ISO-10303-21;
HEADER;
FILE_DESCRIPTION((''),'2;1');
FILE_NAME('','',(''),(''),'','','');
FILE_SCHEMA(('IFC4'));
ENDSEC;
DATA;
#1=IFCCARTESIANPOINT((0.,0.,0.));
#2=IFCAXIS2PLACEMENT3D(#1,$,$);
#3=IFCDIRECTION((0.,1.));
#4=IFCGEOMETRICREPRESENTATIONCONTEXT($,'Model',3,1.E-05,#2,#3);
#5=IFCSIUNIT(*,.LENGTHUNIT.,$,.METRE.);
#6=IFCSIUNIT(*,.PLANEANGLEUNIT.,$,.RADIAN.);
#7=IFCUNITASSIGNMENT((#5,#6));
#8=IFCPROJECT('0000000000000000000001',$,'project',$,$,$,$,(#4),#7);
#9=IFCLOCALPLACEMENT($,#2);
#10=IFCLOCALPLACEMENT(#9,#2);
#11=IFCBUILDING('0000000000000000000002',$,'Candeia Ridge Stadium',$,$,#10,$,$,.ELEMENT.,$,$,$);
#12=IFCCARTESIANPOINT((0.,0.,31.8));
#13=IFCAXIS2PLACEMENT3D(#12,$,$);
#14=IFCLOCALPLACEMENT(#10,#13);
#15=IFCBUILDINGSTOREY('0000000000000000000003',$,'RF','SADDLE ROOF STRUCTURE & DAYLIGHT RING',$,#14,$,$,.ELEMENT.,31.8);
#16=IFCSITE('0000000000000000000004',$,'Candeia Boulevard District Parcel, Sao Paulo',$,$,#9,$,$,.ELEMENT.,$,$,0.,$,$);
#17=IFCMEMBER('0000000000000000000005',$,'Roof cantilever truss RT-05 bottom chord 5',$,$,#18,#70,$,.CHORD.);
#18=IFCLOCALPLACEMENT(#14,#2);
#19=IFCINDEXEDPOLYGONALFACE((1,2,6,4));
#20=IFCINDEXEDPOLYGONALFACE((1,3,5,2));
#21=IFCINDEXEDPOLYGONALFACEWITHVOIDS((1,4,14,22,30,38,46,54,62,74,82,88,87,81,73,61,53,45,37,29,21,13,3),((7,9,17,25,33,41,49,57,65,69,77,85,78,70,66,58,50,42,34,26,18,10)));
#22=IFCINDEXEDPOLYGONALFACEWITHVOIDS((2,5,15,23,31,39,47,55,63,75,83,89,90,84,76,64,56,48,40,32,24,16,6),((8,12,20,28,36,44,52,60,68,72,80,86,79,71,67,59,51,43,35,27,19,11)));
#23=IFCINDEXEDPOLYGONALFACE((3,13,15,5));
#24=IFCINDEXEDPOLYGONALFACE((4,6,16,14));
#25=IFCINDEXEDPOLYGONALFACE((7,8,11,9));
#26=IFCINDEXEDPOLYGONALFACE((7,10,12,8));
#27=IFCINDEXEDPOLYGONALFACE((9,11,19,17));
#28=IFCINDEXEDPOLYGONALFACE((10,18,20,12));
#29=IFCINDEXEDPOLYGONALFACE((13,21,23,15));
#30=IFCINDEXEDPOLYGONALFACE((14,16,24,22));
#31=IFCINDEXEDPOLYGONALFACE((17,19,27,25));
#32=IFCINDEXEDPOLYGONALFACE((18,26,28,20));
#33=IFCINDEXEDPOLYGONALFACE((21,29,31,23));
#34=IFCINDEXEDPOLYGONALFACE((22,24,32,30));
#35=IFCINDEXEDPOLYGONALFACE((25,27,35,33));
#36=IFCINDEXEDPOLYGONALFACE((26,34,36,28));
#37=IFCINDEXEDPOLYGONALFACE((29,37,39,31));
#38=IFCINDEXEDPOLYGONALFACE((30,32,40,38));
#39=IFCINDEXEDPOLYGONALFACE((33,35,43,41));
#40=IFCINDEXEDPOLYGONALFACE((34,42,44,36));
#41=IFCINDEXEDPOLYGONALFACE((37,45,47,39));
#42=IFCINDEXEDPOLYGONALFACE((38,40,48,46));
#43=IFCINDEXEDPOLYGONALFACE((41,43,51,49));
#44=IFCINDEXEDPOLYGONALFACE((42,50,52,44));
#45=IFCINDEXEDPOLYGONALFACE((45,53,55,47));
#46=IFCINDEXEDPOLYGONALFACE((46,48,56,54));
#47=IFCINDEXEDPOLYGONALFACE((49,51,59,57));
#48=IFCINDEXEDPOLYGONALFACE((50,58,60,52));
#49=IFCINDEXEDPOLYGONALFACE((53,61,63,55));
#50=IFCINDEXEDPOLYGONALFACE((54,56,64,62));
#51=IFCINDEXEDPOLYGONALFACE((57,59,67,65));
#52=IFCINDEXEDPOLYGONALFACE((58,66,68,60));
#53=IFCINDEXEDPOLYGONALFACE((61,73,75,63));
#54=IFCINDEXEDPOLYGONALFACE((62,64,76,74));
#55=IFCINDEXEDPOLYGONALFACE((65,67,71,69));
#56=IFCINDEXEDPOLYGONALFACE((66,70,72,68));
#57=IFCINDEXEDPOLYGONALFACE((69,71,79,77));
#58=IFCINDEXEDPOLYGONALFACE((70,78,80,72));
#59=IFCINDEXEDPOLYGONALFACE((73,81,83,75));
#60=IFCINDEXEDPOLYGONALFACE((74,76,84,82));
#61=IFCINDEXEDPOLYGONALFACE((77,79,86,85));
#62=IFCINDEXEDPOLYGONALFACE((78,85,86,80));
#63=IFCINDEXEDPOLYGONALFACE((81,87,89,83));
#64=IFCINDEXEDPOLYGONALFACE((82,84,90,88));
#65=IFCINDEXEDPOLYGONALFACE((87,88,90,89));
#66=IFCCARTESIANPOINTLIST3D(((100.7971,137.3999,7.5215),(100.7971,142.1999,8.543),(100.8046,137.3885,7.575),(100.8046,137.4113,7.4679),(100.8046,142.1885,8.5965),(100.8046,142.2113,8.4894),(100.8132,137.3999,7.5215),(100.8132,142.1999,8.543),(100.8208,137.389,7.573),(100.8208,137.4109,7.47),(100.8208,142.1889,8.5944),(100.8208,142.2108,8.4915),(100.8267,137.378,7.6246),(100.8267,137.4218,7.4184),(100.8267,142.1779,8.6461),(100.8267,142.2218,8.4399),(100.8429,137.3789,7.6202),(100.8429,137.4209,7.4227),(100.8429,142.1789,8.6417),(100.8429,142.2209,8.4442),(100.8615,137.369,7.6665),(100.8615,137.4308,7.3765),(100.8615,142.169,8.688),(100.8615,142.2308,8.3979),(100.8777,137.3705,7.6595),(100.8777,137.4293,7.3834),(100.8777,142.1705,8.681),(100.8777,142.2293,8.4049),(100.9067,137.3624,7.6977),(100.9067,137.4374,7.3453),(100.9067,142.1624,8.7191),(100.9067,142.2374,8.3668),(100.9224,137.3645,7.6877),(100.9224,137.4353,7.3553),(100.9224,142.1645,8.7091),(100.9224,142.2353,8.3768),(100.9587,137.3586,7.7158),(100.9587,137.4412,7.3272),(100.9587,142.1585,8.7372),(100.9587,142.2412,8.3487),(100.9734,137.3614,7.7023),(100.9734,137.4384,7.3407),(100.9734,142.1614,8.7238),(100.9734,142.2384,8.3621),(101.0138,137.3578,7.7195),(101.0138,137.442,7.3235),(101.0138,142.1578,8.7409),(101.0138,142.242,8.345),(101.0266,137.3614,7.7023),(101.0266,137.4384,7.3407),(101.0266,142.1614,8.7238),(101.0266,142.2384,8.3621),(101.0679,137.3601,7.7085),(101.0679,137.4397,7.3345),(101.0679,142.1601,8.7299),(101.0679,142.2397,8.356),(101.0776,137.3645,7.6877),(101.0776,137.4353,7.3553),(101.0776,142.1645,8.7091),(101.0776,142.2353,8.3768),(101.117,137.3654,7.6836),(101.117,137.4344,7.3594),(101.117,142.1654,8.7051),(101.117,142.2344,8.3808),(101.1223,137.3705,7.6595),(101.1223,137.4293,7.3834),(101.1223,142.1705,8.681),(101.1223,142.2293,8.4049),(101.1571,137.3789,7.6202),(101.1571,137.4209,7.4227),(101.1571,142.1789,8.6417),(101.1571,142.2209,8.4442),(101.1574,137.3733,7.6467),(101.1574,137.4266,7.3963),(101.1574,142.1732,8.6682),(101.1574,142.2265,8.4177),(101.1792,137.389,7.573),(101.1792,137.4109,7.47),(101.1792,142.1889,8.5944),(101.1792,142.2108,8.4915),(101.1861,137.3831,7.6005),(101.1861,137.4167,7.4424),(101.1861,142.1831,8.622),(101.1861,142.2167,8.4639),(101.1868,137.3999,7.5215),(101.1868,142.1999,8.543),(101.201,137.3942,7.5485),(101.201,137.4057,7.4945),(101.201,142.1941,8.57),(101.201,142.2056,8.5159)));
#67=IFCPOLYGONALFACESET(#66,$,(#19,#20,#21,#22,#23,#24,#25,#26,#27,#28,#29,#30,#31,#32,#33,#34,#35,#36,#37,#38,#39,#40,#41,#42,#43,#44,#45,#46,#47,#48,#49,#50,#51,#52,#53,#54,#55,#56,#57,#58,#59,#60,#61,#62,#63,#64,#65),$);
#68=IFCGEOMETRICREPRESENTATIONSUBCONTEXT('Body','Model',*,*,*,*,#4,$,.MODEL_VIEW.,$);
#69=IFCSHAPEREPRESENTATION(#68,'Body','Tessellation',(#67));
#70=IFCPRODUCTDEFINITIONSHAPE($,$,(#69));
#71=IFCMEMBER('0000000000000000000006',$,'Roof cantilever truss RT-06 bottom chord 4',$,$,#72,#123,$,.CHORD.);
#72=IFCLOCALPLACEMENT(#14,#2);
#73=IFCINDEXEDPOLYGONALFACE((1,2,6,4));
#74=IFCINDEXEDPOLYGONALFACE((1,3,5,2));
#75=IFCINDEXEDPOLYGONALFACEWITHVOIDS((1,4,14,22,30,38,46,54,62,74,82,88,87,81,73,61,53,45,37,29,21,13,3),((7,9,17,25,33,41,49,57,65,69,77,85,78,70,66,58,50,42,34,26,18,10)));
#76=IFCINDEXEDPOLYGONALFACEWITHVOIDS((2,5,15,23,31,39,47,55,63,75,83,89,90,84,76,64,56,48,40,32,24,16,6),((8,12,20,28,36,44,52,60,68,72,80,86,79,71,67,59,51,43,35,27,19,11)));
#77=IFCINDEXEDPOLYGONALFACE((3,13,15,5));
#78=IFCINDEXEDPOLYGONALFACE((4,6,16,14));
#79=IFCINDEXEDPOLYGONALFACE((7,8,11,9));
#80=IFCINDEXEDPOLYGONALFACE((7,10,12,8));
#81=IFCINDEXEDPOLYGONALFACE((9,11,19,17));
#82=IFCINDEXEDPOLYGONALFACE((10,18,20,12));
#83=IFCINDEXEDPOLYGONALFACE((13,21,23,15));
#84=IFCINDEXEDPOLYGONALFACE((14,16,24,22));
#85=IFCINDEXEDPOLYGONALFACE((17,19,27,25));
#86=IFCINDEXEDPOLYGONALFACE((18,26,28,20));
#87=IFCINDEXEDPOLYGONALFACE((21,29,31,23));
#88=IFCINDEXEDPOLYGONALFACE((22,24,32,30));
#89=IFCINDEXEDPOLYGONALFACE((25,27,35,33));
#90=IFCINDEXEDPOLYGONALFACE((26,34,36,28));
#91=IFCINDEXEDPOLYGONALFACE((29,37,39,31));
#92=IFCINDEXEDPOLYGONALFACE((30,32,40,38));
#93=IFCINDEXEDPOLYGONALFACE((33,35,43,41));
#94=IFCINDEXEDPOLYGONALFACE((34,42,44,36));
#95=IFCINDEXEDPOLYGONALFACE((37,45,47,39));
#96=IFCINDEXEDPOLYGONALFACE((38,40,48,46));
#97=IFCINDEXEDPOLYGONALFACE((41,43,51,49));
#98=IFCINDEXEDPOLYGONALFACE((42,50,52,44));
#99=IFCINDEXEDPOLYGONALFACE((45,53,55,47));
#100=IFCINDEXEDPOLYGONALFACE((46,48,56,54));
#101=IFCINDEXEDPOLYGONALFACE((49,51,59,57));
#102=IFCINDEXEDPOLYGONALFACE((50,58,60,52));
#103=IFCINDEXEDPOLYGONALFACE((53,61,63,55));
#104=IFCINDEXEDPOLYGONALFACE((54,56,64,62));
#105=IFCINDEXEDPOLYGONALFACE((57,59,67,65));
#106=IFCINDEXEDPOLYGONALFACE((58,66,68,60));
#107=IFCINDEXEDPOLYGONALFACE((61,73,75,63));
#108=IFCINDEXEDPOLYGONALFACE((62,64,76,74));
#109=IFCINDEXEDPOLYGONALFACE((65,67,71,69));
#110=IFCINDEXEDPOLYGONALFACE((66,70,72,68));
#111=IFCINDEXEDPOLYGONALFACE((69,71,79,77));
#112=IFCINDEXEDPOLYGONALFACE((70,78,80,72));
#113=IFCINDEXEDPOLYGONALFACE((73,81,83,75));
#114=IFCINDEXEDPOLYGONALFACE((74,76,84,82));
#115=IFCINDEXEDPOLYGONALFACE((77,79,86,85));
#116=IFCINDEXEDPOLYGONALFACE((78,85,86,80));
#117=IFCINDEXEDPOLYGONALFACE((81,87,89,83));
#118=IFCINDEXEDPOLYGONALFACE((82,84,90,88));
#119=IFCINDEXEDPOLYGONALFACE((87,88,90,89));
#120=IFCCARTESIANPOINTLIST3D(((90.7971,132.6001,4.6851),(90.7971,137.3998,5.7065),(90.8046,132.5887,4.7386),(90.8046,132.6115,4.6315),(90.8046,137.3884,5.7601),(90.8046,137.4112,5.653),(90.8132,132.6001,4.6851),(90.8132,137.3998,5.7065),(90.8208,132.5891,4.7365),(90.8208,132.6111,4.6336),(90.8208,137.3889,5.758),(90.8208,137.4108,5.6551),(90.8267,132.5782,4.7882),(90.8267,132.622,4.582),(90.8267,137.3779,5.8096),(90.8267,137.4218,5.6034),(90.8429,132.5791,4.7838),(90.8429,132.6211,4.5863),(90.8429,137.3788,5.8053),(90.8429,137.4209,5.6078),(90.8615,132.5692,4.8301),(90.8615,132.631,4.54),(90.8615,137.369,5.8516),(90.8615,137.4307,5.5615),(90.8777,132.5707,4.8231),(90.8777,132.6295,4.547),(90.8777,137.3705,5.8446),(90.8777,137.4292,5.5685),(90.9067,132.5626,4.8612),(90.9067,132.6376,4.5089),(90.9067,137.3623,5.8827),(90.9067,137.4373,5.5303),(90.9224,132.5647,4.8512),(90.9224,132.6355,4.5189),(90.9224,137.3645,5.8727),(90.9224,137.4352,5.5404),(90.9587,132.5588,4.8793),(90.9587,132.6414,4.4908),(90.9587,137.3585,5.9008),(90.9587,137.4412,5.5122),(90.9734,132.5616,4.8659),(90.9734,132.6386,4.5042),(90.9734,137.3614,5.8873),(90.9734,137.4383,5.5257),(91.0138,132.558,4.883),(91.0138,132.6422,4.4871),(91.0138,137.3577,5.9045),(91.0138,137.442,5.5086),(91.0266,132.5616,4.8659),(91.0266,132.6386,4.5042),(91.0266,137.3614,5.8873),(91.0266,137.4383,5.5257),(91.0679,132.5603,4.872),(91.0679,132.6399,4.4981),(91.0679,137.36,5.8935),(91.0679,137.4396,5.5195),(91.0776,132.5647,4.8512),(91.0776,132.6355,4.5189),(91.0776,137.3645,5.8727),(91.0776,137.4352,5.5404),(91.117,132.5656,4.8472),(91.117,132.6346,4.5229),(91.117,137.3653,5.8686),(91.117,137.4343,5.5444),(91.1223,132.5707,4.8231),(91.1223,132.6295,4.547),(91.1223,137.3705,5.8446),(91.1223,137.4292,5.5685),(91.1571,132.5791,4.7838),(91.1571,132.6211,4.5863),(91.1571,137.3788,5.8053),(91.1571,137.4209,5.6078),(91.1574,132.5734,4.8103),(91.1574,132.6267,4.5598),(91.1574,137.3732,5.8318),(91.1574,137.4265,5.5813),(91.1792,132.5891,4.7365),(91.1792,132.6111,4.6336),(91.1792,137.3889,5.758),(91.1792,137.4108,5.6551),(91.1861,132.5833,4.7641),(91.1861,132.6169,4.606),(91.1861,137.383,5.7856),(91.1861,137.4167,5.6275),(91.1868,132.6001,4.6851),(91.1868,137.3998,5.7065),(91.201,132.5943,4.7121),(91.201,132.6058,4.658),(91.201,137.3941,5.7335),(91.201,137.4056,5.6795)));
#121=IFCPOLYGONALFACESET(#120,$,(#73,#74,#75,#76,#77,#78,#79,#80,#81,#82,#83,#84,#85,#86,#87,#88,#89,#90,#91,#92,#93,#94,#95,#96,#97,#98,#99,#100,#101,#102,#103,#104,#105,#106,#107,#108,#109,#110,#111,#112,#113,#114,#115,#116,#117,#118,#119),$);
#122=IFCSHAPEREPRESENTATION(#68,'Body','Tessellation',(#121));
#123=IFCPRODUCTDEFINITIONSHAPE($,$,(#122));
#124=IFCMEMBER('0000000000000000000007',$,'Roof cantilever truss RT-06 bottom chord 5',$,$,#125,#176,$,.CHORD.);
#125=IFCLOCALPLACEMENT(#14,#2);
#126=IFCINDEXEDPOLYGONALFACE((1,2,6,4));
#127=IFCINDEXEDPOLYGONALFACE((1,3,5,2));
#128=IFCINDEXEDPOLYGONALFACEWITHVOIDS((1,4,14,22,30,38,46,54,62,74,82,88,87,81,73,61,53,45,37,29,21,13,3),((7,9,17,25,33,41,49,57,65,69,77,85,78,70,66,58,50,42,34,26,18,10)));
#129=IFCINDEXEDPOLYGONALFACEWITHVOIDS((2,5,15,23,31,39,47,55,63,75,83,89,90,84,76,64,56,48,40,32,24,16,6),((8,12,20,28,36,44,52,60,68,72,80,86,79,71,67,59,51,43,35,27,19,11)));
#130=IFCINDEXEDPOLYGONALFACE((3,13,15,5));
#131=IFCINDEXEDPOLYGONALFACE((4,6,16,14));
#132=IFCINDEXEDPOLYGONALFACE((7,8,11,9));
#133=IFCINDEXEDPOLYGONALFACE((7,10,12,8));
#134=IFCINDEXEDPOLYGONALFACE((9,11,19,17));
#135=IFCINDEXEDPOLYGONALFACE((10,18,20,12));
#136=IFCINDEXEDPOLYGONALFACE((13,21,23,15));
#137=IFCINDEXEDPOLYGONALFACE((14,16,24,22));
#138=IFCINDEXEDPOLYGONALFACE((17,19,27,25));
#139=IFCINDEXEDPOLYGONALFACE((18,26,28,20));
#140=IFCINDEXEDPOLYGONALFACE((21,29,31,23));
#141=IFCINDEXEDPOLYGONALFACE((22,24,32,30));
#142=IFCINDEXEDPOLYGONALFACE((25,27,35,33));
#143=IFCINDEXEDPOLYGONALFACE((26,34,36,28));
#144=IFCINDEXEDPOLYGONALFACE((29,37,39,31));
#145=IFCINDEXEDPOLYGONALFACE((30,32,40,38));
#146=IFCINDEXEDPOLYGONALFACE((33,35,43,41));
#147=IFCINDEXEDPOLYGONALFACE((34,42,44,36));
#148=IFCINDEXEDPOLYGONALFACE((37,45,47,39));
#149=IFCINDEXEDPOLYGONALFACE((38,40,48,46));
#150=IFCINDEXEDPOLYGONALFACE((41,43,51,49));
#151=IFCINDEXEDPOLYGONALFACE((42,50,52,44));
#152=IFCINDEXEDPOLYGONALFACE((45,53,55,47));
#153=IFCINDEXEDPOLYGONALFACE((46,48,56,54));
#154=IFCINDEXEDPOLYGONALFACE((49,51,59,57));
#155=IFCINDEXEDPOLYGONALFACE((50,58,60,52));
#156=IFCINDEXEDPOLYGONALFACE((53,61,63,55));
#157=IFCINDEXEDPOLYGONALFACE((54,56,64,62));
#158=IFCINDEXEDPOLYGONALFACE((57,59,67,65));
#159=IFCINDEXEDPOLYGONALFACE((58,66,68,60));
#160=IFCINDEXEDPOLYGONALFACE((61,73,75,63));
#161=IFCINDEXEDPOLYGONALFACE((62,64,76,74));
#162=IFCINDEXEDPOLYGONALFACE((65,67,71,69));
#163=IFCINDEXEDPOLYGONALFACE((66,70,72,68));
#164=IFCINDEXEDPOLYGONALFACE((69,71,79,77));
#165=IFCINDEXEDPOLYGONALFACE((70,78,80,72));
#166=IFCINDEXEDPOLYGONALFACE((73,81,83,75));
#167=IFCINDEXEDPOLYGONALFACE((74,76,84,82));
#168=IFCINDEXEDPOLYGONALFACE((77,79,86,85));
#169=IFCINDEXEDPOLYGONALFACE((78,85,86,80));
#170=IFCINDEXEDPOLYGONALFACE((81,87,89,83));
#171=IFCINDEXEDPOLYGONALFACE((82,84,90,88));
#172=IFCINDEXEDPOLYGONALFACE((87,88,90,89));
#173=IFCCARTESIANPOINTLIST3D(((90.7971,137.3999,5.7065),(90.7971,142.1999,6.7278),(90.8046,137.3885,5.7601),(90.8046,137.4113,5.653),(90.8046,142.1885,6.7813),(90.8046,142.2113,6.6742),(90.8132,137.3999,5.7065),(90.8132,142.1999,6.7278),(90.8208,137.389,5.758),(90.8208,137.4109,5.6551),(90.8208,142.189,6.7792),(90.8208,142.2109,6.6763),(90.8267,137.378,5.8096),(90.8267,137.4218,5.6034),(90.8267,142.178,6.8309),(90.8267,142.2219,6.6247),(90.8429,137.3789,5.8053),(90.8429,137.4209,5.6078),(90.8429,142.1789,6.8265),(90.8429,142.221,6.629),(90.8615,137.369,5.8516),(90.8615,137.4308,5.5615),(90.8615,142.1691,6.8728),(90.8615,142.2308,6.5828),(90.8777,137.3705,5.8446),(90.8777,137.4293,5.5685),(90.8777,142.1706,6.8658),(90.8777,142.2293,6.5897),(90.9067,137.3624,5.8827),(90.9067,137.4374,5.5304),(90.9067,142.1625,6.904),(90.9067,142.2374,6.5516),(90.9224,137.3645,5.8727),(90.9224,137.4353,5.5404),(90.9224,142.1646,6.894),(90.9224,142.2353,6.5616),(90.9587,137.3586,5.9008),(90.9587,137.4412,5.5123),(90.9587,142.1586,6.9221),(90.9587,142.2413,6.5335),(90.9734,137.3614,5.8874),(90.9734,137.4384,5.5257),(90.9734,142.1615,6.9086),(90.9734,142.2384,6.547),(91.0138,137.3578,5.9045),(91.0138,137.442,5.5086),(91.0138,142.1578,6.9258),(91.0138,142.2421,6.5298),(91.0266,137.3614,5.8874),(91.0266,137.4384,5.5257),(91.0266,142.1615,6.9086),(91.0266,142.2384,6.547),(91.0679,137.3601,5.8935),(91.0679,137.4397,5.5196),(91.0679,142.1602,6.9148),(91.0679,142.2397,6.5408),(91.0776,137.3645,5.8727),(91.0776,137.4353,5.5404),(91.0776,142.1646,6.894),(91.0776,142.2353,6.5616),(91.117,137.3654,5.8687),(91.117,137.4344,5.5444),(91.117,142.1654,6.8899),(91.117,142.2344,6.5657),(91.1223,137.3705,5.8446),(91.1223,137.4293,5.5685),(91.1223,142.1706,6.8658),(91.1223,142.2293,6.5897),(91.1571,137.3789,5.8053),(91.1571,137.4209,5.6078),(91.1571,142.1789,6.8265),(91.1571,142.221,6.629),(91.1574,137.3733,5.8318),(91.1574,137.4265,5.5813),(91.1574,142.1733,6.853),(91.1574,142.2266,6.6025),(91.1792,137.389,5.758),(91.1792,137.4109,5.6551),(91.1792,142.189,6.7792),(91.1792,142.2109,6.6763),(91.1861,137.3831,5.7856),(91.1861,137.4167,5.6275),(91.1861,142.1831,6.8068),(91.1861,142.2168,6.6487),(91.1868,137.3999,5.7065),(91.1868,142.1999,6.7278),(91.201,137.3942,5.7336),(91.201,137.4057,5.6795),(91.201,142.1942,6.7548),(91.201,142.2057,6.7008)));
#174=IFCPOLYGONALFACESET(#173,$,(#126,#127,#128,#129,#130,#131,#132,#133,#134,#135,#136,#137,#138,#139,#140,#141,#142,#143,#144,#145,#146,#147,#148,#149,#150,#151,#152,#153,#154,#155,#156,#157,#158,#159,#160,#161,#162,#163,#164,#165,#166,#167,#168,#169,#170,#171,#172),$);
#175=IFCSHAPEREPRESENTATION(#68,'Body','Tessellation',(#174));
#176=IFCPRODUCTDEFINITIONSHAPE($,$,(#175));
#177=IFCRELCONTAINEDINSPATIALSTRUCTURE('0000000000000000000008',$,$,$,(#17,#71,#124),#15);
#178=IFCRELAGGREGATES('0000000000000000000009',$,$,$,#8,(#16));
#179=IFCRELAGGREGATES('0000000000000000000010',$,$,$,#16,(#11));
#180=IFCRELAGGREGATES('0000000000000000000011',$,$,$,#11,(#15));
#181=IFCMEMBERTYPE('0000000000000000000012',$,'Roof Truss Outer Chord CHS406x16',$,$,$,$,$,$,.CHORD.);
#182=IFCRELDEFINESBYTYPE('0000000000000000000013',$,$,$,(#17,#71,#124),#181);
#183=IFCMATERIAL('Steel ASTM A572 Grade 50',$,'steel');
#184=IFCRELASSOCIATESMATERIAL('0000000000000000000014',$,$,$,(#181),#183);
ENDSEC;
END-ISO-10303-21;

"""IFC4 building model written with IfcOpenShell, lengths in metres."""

from ifc_helpers import new_model, si_unit, direction, frame, origin, origin_2d, place, context, subcontext, project, spatial, hollow_circle, extrude, material, material_profile, profile_set, type_object, element, save


model = new_model("IFC4")

# Units and contexts
model_context = context("Model", 3, precision=1e-05, world=origin(), true_north=direction((0.0, 1.0)))
body_context = subcontext(model_context, "Body", "Model", "MODEL_VIEW")
ifc_project = project(units=[si_unit("LENGTHUNIT", "METRE"), si_unit("PLANEANGLEUNIT", "RADIAN")], contexts=[model_context])

# Site, building, storey
site_placement = place(None, origin())
site = spatial("IfcSite", under=ifc_project, at=site_placement, Name="Candeia Boulevard District Parcel, Sao Paulo", CompositionType="ELEMENT", RefElevation=0.0)
building_placement = place(site_placement, origin())
building = spatial("IfcBuilding", under=site, at=building_placement, Name="Candeia Ridge Stadium", CompositionType="ELEMENT")
storey_placement = place(building_placement, frame((0.0, 0.0, 31.8)))
storey = spatial("IfcBuildingStorey", under=building, at=storey_placement, Name="RF", Description="SADDLE ROOF STRUCTURE & DAYLIGHT RING", CompositionType="ELEMENT", Elevation=31.8)

# Shared definitions
ifc_material = material(Name="Steel ASTM A572 Grade 50", Category="steel")

# Members
ifc_material_profile_1 = material_profile(ifc_material, hollow_circle(Radius=0.2029, WallThickness=0.0161, at=origin_2d()), Name="CHS406x16", Category="steel")
ifc_profile_set_1 = profile_set([ifc_material_profile_1], Name="Steel ASTM A572 Grade 50")
member_type_1 = type_object("IfcMemberType", Name="Roof Truss Outer Chord CHS406x16", PredefinedType="CHORD", material=ifc_profile_set_1)
member_1_placement = place(storey_placement, frame((101.0, 137.3999, 7.5215), z_axis=(0.0, 0.978098, 0.208146), x_axis=(-1.0, 0.0, 0.0)))
element("IfcMember", 1, at=member_1_placement, inside=storey, type_object=member_type_1, Name="Roof cantilever truss RT-05 bottom chord 5", PredefinedType="CHORD", context=body_context, shape_type="SweptSolid", body=[
    extrude(hollow_circle(Radius=0.2029, WallThickness=0.0161, at=origin_2d()), origin(), (0.0, 0.0, 1.0), 4.9075),
])
member_2_placement = place(storey_placement, frame((91.0, 132.6001, 4.6851), z_axis=(0.0, 0.978096, 0.208156), x_axis=(-1.0, 0.0, 0.0)))
element("IfcMember", 2, at=member_2_placement, inside=storey, type_object=member_type_1, Name="Roof cantilever truss RT-06 bottom chord 4", PredefinedType="CHORD", context=body_context, shape_type="SweptSolid", body=[
    extrude(hollow_circle(Radius=0.2029, WallThickness=0.0161, at=origin_2d()), origin(), (0.0, 0.0, 1.0), 4.9072),
])
for number, where, z_axis, x_axis, name in (
    (3, (91.0, 137.3999, 5.7065), (0.0, 0.978108, 0.208099), (-1.0, 0.0, 0.0), "Roof cantilever truss RT-06 bottom chord 5"),
):
    element("IfcMember", number, at=place(storey_placement, frame(where, z_axis=z_axis, x_axis=x_axis)), inside=storey, type_object=member_type_1, Name=name, PredefinedType="CHORD", context=body_context, shape_type="SweptSolid", body=[
        extrude(hollow_circle(Radius=0.2029, WallThickness=0.0161, at=origin_2d()), origin(), (0.0, 0.0, 1.0), 4.9075),
    ])

save(model, "model.ifc")
